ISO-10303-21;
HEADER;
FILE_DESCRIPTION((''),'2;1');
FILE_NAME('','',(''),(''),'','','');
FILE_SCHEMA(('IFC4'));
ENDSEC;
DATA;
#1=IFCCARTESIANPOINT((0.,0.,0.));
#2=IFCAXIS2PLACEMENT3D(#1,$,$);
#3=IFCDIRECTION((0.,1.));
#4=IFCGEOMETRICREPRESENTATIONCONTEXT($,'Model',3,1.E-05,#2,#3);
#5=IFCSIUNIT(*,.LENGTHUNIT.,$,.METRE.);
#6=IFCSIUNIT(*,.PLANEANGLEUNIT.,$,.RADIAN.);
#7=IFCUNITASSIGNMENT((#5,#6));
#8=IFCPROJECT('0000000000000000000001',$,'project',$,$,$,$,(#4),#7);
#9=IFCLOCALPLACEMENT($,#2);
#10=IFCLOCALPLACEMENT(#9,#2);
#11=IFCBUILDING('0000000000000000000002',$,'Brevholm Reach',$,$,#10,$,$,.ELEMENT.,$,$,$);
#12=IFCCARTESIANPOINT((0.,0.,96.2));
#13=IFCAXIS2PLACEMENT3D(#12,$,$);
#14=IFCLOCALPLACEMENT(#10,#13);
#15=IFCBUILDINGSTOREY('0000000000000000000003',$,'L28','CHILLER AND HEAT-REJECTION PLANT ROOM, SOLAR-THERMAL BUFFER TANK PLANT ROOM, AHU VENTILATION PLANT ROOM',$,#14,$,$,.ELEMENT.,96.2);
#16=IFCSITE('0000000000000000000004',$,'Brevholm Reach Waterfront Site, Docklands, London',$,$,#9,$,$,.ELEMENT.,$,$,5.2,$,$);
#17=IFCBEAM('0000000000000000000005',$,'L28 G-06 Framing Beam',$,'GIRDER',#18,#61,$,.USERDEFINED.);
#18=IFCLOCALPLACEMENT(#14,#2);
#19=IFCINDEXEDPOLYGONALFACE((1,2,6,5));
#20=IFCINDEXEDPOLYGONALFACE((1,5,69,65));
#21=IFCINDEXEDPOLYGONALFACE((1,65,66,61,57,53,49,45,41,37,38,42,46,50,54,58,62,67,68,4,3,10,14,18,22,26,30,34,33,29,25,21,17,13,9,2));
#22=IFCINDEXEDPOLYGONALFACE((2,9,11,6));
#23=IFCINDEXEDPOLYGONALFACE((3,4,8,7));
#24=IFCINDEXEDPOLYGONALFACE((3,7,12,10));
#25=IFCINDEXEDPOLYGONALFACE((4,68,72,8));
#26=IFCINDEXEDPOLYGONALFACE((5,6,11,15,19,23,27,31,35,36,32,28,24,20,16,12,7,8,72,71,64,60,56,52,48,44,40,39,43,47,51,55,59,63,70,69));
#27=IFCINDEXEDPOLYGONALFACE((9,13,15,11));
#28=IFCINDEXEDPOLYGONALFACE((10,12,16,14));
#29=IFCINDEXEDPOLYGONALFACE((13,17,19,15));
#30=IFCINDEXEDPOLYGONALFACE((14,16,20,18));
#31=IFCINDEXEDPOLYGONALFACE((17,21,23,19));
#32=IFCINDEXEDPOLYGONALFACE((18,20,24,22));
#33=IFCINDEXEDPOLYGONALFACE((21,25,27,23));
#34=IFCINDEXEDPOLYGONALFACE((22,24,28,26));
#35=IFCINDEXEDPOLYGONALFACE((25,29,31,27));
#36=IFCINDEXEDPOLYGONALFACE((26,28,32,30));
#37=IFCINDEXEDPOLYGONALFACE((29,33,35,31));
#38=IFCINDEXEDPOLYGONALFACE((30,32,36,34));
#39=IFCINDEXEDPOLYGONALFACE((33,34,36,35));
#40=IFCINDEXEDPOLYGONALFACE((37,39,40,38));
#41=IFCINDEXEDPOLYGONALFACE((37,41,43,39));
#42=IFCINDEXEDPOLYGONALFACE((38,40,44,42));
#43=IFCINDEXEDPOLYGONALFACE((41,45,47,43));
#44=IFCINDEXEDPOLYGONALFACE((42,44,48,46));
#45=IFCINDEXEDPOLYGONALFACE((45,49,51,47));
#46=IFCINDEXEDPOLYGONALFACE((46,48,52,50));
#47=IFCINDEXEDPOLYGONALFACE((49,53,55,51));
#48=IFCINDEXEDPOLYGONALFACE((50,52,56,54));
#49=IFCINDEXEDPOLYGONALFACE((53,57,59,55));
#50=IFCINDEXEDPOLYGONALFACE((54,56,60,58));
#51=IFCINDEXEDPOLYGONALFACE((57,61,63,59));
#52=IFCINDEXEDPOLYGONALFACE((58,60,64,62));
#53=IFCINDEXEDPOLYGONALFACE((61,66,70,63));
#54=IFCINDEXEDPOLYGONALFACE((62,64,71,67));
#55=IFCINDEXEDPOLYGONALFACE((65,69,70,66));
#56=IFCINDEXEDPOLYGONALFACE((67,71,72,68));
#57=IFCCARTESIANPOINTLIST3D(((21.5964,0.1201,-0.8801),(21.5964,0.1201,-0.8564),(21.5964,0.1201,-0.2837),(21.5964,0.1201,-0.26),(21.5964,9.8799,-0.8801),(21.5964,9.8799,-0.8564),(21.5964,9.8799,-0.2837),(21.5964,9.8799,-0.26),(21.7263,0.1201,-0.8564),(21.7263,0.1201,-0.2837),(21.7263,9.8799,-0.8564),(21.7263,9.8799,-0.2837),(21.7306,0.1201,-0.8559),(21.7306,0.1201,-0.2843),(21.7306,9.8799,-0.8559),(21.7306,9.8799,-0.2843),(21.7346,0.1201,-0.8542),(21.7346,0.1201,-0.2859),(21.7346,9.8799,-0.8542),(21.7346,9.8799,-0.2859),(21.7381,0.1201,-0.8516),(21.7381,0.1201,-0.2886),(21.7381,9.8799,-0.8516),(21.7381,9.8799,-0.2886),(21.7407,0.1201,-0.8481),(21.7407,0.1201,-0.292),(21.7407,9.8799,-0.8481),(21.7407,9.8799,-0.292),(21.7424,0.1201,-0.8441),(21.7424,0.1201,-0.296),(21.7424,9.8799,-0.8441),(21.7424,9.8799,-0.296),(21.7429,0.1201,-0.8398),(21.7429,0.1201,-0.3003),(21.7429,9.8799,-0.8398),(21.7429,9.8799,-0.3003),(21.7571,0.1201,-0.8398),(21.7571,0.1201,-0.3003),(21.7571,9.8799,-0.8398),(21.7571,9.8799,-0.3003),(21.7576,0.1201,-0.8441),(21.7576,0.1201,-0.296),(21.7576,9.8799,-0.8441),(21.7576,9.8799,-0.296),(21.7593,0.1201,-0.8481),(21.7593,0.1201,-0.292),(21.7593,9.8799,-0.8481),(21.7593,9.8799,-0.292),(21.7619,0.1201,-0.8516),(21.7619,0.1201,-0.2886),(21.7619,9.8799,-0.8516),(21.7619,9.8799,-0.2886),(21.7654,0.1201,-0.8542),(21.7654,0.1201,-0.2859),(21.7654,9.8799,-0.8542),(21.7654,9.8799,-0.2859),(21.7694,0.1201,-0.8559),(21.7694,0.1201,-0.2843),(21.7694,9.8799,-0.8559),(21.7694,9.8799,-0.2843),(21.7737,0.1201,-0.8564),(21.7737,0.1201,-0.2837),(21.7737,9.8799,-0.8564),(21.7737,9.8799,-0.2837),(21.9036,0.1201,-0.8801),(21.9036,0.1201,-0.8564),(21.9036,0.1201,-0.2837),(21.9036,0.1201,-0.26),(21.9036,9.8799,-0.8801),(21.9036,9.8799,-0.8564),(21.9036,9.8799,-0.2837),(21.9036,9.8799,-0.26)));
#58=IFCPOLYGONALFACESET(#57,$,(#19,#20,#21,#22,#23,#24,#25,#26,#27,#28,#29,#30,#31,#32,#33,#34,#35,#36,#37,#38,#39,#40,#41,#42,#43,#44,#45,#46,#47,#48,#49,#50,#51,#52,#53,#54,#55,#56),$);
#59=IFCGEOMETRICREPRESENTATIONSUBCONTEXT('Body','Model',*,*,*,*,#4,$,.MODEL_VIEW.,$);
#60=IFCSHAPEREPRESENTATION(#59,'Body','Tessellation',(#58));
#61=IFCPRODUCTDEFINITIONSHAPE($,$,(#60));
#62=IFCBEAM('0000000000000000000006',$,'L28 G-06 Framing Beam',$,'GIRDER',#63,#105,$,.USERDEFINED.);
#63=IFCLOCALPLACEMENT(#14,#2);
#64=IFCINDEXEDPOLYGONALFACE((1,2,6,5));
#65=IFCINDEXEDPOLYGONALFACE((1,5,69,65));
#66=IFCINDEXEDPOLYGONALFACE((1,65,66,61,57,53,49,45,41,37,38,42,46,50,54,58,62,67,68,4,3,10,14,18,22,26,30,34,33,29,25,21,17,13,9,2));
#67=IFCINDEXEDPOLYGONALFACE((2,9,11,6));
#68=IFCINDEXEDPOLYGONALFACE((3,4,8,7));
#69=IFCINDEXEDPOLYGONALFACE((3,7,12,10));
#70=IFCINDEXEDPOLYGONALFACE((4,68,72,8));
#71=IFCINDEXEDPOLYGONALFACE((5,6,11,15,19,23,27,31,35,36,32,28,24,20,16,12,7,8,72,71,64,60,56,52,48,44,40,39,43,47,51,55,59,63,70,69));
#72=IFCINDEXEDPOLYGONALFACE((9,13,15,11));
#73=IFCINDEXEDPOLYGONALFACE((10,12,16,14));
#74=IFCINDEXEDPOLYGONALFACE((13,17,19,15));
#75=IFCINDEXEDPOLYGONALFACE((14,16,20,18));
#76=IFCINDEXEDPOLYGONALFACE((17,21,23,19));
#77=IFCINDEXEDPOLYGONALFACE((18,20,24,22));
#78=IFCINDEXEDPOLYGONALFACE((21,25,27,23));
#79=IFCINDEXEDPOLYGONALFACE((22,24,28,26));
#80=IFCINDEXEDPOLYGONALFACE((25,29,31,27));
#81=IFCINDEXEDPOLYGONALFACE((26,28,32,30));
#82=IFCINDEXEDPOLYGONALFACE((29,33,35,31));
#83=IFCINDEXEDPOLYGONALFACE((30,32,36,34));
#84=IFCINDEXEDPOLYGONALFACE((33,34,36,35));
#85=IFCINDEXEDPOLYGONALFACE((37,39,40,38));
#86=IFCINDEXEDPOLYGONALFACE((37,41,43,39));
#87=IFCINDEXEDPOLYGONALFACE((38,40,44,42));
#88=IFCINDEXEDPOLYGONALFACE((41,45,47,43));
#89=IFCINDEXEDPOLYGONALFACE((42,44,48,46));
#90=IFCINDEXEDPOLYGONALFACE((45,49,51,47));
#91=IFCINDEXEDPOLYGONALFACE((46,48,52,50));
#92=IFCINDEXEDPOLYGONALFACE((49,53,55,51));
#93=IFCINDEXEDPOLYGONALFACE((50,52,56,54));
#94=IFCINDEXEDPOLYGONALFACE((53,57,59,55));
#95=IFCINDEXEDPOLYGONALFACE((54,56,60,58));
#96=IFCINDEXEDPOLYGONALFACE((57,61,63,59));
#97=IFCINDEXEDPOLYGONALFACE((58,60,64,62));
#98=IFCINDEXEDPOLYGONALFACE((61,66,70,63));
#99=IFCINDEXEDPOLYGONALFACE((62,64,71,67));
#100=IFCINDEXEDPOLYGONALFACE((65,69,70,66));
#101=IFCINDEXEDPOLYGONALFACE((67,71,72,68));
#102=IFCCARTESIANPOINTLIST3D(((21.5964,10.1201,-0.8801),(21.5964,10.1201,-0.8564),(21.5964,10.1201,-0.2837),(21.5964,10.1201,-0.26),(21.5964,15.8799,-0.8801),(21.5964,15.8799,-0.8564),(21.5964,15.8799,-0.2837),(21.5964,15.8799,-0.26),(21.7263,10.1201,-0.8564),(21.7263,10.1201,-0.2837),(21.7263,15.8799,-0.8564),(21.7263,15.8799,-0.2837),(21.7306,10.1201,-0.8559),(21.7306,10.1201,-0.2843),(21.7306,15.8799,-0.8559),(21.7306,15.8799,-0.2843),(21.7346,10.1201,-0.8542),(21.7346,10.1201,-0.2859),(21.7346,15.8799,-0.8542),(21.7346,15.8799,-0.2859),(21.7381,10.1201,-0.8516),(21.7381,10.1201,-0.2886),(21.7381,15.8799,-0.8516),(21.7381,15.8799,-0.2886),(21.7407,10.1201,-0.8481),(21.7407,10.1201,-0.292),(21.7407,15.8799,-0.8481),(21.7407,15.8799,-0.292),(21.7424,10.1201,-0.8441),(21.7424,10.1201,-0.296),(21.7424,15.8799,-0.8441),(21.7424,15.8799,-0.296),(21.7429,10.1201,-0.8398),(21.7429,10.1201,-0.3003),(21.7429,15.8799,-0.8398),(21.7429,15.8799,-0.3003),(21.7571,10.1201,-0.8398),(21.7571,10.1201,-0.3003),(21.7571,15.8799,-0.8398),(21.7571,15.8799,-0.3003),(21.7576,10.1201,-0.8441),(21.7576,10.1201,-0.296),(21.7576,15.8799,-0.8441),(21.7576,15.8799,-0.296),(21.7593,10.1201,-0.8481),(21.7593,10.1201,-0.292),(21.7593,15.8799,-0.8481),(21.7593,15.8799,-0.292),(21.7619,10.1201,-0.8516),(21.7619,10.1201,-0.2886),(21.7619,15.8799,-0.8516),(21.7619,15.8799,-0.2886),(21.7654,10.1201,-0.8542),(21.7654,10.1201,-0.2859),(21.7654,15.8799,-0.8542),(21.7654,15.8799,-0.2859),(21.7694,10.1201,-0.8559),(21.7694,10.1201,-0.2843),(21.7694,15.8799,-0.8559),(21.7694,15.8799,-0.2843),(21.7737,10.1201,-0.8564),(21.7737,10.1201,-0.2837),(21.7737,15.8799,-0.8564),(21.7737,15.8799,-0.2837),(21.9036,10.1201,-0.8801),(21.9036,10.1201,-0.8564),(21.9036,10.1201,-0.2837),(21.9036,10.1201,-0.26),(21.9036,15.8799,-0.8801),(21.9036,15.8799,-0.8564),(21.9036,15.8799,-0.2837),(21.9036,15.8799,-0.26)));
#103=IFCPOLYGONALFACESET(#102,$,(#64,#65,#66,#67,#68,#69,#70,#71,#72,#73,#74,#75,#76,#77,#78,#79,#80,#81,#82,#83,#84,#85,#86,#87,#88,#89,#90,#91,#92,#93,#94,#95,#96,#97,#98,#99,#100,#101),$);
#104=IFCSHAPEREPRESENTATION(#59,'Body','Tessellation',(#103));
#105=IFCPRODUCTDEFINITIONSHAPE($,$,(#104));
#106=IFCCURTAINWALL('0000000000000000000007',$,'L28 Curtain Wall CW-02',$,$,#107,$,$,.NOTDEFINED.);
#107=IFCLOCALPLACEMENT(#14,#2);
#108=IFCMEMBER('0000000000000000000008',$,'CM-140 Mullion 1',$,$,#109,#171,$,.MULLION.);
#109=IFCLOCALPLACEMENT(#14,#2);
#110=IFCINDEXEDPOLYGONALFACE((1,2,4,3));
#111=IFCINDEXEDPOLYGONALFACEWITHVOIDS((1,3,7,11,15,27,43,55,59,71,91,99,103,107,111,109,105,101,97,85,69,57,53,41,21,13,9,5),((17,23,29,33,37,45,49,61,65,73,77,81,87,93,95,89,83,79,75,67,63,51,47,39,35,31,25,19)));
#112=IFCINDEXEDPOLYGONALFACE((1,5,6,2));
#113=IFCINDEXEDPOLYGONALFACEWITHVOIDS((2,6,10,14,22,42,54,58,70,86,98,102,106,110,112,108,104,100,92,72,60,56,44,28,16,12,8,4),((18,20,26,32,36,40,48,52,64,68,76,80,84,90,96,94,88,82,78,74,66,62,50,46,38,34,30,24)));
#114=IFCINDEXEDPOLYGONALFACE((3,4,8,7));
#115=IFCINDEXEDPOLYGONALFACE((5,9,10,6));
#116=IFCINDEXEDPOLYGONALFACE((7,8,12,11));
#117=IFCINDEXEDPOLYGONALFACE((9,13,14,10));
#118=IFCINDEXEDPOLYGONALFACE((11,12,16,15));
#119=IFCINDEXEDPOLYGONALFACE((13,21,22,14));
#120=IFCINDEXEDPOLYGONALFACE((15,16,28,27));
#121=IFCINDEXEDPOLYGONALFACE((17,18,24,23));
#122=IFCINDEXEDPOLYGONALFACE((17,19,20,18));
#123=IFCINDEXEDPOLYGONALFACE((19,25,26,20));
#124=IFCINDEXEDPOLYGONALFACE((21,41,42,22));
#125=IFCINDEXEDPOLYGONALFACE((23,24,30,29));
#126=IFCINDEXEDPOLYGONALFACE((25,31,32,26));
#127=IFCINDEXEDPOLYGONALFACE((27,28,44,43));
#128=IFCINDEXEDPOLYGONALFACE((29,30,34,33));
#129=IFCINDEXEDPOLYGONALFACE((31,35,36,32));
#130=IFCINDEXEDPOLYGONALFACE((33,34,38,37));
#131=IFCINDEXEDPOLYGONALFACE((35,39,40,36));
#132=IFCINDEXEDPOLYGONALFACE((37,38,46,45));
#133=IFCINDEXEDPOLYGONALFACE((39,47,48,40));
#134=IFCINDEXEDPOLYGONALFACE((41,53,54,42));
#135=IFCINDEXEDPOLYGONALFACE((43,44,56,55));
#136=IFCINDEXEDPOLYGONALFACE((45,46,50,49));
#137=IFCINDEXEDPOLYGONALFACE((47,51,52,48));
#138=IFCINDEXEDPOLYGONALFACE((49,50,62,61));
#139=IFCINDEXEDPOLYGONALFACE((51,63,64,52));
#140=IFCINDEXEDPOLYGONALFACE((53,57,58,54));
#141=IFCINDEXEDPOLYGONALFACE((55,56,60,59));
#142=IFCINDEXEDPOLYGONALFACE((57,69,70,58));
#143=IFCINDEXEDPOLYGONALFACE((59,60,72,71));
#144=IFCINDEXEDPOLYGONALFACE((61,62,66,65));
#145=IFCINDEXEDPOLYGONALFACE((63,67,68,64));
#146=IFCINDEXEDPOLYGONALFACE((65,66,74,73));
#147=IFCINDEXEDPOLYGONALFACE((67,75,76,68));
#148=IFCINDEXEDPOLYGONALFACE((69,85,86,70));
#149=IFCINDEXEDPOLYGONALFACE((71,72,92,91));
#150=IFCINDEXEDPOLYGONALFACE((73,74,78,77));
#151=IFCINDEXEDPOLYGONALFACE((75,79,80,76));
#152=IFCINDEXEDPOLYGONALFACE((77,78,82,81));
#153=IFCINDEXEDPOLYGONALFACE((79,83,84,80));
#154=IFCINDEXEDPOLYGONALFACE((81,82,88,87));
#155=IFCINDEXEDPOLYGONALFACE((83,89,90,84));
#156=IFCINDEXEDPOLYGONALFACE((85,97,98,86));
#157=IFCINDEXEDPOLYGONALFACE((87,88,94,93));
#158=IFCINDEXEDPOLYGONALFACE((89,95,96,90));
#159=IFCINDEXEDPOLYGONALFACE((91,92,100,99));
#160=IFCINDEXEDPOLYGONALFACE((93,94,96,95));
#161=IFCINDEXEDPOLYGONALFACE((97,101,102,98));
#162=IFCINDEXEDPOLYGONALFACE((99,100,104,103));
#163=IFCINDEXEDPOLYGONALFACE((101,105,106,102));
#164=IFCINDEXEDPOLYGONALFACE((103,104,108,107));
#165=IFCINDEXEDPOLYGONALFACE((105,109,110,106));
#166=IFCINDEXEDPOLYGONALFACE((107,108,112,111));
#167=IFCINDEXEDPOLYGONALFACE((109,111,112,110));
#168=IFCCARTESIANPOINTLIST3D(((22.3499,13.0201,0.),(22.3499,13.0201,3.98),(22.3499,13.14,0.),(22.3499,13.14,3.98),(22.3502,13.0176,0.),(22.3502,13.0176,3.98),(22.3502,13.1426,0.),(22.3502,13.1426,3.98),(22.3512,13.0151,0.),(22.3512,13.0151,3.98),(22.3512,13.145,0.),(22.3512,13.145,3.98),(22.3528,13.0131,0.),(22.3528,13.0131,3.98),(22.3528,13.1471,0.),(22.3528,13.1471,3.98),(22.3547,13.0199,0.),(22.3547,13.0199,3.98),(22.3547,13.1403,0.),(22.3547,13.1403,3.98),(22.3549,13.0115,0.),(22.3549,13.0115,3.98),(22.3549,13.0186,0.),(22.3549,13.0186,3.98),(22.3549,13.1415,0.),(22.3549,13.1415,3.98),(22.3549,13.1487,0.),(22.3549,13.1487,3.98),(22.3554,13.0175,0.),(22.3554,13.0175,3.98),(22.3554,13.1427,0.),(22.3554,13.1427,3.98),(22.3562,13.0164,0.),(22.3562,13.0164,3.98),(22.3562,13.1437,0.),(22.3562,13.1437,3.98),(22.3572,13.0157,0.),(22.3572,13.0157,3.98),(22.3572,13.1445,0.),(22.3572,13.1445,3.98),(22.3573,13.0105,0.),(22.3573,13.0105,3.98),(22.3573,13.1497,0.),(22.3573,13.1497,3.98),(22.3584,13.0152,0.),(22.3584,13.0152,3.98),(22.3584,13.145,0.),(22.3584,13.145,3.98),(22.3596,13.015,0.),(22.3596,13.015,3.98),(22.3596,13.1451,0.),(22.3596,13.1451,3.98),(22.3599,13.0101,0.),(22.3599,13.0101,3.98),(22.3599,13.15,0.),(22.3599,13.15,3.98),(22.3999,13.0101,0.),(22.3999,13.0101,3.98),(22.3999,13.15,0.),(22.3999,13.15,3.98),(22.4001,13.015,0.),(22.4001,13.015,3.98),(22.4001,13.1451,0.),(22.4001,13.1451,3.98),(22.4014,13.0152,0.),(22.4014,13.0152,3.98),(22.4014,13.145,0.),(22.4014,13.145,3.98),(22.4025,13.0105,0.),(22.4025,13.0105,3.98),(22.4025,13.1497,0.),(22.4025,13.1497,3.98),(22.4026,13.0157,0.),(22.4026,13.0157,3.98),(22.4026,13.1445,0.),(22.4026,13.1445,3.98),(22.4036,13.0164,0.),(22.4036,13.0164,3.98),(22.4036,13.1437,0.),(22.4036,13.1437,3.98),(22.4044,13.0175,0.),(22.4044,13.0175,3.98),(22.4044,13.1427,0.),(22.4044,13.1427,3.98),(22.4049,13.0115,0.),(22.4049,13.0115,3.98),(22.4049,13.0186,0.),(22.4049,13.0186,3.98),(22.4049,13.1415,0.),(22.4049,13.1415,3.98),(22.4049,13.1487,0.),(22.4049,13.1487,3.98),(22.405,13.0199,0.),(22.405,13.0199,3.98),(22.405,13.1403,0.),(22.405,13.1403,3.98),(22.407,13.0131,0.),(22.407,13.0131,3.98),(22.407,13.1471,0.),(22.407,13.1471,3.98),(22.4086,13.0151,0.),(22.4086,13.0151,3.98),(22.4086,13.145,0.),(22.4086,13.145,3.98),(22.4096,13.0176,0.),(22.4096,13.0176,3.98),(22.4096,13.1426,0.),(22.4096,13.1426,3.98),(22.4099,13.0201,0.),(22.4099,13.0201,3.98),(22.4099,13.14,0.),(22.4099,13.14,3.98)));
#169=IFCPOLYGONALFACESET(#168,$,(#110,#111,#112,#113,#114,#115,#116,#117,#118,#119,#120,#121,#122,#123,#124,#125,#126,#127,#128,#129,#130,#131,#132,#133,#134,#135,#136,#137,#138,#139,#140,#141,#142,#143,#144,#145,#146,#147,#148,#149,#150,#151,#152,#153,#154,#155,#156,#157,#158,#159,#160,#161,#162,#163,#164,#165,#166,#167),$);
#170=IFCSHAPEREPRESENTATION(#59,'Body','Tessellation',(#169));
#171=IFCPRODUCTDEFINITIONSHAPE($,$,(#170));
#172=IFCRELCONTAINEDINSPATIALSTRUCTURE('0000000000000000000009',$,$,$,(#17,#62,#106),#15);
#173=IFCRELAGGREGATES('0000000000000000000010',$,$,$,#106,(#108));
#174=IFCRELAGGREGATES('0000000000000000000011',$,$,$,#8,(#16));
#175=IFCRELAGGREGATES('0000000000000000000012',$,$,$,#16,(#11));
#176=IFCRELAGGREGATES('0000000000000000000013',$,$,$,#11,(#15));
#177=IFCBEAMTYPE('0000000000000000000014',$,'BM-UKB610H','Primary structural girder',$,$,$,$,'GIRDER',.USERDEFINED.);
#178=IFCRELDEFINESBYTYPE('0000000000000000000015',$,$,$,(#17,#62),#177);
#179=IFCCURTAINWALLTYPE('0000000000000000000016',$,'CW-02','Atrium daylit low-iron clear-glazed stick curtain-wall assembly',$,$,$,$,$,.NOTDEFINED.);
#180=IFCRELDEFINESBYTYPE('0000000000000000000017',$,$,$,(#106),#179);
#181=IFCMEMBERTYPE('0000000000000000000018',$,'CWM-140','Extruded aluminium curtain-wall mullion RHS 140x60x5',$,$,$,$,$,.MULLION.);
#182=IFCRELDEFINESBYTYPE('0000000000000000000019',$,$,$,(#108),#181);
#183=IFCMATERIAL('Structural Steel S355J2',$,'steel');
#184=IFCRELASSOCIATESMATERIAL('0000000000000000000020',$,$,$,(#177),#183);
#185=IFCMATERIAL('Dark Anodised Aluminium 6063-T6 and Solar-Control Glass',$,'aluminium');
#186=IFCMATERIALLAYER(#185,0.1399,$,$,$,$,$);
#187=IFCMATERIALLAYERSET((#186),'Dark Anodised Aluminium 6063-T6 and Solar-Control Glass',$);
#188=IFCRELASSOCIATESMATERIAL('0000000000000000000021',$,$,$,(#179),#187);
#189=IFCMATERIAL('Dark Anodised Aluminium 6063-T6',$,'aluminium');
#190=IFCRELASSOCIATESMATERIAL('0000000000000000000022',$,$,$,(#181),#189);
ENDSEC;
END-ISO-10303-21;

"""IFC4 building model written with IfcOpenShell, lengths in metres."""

from ifc_helpers import new_model, si_unit, direction, frame, origin, origin_2d, place, context, subcontext, project, spatial, hollow_rectangle, i_section, extrude, material, layer, layer_set, material_profile, profile_set, type_object, element, aggregate, save


model = new_model("IFC4")

# Units and contexts
model_context = context("Model", 3, precision=1e-05, world=origin(), true_north=direction((0.0, 1.0)))
body_context = subcontext(model_context, "Body", "Model", "MODEL_VIEW")
ifc_project = project(units=[si_unit("LENGTHUNIT", "METRE"), si_unit("PLANEANGLEUNIT", "RADIAN")], contexts=[model_context])

# Site, building, storey
site_placement = place(None, origin())
site = spatial("IfcSite", under=ifc_project, at=site_placement, Name="Brevholm Reach Waterfront Site, Docklands, London", CompositionType="ELEMENT", RefElevation=5.2)
building_placement = place(site_placement, origin())
building = spatial("IfcBuilding", under=site, at=building_placement, Name="Brevholm Reach", CompositionType="ELEMENT")
storey_placement = place(building_placement, frame((0.0, 0.0, 96.2)))
storey = spatial("IfcBuildingStorey", under=building, at=storey_placement, Name="L28", Description="CHILLER AND HEAT-REJECTION PLANT ROOM, SOLAR-THERMAL BUFFER TANK PLANT ROOM, AHU VENTILATION PLANT ROOM", CompositionType="ELEMENT", Elevation=96.2)

# Beams
ifc_material_1 = material(Name="Structural Steel S355J2", Category="steel")
ifc_material_profile_1 = material_profile(ifc_material_1, i_section(OverallWidth=0.3071, OverallDepth=0.6201, WebThickness=0.0142, FlangeThickness=0.0237, FilletRadius=0.0166, at=origin_2d()), Name="UKB 610x305x179")
ifc_profile_set_1 = profile_set([ifc_material_profile_1], Name="Structural Steel S355J2")
beam_type_1 = type_object("IfcBeamType", Name="BM-UKB610H", Description="Primary structural girder", ElementType="GIRDER", PredefinedType="USERDEFINED", material=ifc_profile_set_1)
beam_1_placement = place(storey_placement, frame((21.75, 0.1201, -0.5701), z_axis=(0.0, 1.0, 0.0), x_axis=(-1.0, 0.0, 0.0)))
element("IfcBeam", 1, at=beam_1_placement, inside=storey, type_object=beam_type_1, Name="L28 G-06 Framing Beam", ObjectType="GIRDER", PredefinedType="USERDEFINED", context=body_context, shape_type="SweptSolid", body=[
    extrude(i_section(OverallWidth=0.3071, OverallDepth=0.6201, WebThickness=0.0142, FlangeThickness=0.0237, FilletRadius=0.0166, at=origin_2d()), origin(), (0.0, 0.0, 1.0), 9.7598),
])
beam_2_placement = place(storey_placement, frame((21.75, 10.1201, -0.5701), z_axis=(0.0, 1.0, 0.0), x_axis=(-1.0, 0.0, 0.0)))
element("IfcBeam", 2, at=beam_2_placement, inside=storey, type_object=beam_type_1, Name="L28 G-06 Framing Beam", ObjectType="GIRDER", PredefinedType="USERDEFINED", context=body_context, shape_type="SweptSolid", body=[
    extrude(i_section(OverallWidth=0.3071, OverallDepth=0.6201, WebThickness=0.0142, FlangeThickness=0.0237, FilletRadius=0.0166, at=origin_2d()), origin(), (0.0, 0.0, 1.0), 5.7598),
])

# Curtain wall, member
ifc_material_2 = material(Name="Dark Anodised Aluminium 6063-T6 and Solar-Control Glass", Category="aluminium")
ifc_layer_1 = layer(ifc_material_2, 0.1399)
ifc_layer_set_1 = layer_set([ifc_layer_1], Name="Dark Anodised Aluminium 6063-T6 and Solar-Control Glass")
curtain_wall_type = type_object("IfcCurtainWallType", Name="CW-02", Description="Atrium daylit low-iron clear-glazed stick curtain-wall assembly", PredefinedType="NOTDEFINED", material=ifc_layer_set_1)
curtain_wall_placement = place(storey_placement, origin())
curtain_wall = element("IfcCurtainWall", 3, at=curtain_wall_placement, inside=storey, type_object=curtain_wall_type, Name="L28 Curtain Wall CW-02", PredefinedType="NOTDEFINED")
ifc_material_3 = material(Name="Dark Anodised Aluminium 6063-T6", Category="aluminium")
ifc_material_profile_2 = material_profile(ifc_material_3, hollow_rectangle(XDim=0.0601, YDim=0.1399, WallThickness=0.0049, InnerFilletRadius=0.0049, OuterFilletRadius=0.01, at=origin_2d()), Name="RHS 140x60x5")
ifc_profile_set_2 = profile_set([ifc_material_profile_2], Name="Dark Anodised Aluminium 6063-T6")
member_type_1 = type_object("IfcMemberType", Name="CWM-140", Description="Extruded aluminium curtain-wall mullion RHS 140x60x5", PredefinedType="MULLION", material=ifc_profile_set_2)
member_1_placement = place(storey_placement, frame((22.3799, 13.0801, 0.0), z_axis=(0.0, 0.0, 1.0), x_axis=(1.0, 0.0, 0.0)))
member_1 = element("IfcMember", 4, at=member_1_placement, type_object=member_type_1, Name="CM-140 Mullion 1", PredefinedType="MULLION", context=body_context, shape_type="SweptSolid", body=[
    extrude(hollow_rectangle(XDim=0.0601, YDim=0.1399, WallThickness=0.0049, InnerFilletRadius=0.0049, OuterFilletRadius=0.01, at=origin_2d()), origin(), (0.0, 0.0, 1.0), 3.98),
])
aggregate(curtain_wall, [member_1])

save(model, "model.ifc")
